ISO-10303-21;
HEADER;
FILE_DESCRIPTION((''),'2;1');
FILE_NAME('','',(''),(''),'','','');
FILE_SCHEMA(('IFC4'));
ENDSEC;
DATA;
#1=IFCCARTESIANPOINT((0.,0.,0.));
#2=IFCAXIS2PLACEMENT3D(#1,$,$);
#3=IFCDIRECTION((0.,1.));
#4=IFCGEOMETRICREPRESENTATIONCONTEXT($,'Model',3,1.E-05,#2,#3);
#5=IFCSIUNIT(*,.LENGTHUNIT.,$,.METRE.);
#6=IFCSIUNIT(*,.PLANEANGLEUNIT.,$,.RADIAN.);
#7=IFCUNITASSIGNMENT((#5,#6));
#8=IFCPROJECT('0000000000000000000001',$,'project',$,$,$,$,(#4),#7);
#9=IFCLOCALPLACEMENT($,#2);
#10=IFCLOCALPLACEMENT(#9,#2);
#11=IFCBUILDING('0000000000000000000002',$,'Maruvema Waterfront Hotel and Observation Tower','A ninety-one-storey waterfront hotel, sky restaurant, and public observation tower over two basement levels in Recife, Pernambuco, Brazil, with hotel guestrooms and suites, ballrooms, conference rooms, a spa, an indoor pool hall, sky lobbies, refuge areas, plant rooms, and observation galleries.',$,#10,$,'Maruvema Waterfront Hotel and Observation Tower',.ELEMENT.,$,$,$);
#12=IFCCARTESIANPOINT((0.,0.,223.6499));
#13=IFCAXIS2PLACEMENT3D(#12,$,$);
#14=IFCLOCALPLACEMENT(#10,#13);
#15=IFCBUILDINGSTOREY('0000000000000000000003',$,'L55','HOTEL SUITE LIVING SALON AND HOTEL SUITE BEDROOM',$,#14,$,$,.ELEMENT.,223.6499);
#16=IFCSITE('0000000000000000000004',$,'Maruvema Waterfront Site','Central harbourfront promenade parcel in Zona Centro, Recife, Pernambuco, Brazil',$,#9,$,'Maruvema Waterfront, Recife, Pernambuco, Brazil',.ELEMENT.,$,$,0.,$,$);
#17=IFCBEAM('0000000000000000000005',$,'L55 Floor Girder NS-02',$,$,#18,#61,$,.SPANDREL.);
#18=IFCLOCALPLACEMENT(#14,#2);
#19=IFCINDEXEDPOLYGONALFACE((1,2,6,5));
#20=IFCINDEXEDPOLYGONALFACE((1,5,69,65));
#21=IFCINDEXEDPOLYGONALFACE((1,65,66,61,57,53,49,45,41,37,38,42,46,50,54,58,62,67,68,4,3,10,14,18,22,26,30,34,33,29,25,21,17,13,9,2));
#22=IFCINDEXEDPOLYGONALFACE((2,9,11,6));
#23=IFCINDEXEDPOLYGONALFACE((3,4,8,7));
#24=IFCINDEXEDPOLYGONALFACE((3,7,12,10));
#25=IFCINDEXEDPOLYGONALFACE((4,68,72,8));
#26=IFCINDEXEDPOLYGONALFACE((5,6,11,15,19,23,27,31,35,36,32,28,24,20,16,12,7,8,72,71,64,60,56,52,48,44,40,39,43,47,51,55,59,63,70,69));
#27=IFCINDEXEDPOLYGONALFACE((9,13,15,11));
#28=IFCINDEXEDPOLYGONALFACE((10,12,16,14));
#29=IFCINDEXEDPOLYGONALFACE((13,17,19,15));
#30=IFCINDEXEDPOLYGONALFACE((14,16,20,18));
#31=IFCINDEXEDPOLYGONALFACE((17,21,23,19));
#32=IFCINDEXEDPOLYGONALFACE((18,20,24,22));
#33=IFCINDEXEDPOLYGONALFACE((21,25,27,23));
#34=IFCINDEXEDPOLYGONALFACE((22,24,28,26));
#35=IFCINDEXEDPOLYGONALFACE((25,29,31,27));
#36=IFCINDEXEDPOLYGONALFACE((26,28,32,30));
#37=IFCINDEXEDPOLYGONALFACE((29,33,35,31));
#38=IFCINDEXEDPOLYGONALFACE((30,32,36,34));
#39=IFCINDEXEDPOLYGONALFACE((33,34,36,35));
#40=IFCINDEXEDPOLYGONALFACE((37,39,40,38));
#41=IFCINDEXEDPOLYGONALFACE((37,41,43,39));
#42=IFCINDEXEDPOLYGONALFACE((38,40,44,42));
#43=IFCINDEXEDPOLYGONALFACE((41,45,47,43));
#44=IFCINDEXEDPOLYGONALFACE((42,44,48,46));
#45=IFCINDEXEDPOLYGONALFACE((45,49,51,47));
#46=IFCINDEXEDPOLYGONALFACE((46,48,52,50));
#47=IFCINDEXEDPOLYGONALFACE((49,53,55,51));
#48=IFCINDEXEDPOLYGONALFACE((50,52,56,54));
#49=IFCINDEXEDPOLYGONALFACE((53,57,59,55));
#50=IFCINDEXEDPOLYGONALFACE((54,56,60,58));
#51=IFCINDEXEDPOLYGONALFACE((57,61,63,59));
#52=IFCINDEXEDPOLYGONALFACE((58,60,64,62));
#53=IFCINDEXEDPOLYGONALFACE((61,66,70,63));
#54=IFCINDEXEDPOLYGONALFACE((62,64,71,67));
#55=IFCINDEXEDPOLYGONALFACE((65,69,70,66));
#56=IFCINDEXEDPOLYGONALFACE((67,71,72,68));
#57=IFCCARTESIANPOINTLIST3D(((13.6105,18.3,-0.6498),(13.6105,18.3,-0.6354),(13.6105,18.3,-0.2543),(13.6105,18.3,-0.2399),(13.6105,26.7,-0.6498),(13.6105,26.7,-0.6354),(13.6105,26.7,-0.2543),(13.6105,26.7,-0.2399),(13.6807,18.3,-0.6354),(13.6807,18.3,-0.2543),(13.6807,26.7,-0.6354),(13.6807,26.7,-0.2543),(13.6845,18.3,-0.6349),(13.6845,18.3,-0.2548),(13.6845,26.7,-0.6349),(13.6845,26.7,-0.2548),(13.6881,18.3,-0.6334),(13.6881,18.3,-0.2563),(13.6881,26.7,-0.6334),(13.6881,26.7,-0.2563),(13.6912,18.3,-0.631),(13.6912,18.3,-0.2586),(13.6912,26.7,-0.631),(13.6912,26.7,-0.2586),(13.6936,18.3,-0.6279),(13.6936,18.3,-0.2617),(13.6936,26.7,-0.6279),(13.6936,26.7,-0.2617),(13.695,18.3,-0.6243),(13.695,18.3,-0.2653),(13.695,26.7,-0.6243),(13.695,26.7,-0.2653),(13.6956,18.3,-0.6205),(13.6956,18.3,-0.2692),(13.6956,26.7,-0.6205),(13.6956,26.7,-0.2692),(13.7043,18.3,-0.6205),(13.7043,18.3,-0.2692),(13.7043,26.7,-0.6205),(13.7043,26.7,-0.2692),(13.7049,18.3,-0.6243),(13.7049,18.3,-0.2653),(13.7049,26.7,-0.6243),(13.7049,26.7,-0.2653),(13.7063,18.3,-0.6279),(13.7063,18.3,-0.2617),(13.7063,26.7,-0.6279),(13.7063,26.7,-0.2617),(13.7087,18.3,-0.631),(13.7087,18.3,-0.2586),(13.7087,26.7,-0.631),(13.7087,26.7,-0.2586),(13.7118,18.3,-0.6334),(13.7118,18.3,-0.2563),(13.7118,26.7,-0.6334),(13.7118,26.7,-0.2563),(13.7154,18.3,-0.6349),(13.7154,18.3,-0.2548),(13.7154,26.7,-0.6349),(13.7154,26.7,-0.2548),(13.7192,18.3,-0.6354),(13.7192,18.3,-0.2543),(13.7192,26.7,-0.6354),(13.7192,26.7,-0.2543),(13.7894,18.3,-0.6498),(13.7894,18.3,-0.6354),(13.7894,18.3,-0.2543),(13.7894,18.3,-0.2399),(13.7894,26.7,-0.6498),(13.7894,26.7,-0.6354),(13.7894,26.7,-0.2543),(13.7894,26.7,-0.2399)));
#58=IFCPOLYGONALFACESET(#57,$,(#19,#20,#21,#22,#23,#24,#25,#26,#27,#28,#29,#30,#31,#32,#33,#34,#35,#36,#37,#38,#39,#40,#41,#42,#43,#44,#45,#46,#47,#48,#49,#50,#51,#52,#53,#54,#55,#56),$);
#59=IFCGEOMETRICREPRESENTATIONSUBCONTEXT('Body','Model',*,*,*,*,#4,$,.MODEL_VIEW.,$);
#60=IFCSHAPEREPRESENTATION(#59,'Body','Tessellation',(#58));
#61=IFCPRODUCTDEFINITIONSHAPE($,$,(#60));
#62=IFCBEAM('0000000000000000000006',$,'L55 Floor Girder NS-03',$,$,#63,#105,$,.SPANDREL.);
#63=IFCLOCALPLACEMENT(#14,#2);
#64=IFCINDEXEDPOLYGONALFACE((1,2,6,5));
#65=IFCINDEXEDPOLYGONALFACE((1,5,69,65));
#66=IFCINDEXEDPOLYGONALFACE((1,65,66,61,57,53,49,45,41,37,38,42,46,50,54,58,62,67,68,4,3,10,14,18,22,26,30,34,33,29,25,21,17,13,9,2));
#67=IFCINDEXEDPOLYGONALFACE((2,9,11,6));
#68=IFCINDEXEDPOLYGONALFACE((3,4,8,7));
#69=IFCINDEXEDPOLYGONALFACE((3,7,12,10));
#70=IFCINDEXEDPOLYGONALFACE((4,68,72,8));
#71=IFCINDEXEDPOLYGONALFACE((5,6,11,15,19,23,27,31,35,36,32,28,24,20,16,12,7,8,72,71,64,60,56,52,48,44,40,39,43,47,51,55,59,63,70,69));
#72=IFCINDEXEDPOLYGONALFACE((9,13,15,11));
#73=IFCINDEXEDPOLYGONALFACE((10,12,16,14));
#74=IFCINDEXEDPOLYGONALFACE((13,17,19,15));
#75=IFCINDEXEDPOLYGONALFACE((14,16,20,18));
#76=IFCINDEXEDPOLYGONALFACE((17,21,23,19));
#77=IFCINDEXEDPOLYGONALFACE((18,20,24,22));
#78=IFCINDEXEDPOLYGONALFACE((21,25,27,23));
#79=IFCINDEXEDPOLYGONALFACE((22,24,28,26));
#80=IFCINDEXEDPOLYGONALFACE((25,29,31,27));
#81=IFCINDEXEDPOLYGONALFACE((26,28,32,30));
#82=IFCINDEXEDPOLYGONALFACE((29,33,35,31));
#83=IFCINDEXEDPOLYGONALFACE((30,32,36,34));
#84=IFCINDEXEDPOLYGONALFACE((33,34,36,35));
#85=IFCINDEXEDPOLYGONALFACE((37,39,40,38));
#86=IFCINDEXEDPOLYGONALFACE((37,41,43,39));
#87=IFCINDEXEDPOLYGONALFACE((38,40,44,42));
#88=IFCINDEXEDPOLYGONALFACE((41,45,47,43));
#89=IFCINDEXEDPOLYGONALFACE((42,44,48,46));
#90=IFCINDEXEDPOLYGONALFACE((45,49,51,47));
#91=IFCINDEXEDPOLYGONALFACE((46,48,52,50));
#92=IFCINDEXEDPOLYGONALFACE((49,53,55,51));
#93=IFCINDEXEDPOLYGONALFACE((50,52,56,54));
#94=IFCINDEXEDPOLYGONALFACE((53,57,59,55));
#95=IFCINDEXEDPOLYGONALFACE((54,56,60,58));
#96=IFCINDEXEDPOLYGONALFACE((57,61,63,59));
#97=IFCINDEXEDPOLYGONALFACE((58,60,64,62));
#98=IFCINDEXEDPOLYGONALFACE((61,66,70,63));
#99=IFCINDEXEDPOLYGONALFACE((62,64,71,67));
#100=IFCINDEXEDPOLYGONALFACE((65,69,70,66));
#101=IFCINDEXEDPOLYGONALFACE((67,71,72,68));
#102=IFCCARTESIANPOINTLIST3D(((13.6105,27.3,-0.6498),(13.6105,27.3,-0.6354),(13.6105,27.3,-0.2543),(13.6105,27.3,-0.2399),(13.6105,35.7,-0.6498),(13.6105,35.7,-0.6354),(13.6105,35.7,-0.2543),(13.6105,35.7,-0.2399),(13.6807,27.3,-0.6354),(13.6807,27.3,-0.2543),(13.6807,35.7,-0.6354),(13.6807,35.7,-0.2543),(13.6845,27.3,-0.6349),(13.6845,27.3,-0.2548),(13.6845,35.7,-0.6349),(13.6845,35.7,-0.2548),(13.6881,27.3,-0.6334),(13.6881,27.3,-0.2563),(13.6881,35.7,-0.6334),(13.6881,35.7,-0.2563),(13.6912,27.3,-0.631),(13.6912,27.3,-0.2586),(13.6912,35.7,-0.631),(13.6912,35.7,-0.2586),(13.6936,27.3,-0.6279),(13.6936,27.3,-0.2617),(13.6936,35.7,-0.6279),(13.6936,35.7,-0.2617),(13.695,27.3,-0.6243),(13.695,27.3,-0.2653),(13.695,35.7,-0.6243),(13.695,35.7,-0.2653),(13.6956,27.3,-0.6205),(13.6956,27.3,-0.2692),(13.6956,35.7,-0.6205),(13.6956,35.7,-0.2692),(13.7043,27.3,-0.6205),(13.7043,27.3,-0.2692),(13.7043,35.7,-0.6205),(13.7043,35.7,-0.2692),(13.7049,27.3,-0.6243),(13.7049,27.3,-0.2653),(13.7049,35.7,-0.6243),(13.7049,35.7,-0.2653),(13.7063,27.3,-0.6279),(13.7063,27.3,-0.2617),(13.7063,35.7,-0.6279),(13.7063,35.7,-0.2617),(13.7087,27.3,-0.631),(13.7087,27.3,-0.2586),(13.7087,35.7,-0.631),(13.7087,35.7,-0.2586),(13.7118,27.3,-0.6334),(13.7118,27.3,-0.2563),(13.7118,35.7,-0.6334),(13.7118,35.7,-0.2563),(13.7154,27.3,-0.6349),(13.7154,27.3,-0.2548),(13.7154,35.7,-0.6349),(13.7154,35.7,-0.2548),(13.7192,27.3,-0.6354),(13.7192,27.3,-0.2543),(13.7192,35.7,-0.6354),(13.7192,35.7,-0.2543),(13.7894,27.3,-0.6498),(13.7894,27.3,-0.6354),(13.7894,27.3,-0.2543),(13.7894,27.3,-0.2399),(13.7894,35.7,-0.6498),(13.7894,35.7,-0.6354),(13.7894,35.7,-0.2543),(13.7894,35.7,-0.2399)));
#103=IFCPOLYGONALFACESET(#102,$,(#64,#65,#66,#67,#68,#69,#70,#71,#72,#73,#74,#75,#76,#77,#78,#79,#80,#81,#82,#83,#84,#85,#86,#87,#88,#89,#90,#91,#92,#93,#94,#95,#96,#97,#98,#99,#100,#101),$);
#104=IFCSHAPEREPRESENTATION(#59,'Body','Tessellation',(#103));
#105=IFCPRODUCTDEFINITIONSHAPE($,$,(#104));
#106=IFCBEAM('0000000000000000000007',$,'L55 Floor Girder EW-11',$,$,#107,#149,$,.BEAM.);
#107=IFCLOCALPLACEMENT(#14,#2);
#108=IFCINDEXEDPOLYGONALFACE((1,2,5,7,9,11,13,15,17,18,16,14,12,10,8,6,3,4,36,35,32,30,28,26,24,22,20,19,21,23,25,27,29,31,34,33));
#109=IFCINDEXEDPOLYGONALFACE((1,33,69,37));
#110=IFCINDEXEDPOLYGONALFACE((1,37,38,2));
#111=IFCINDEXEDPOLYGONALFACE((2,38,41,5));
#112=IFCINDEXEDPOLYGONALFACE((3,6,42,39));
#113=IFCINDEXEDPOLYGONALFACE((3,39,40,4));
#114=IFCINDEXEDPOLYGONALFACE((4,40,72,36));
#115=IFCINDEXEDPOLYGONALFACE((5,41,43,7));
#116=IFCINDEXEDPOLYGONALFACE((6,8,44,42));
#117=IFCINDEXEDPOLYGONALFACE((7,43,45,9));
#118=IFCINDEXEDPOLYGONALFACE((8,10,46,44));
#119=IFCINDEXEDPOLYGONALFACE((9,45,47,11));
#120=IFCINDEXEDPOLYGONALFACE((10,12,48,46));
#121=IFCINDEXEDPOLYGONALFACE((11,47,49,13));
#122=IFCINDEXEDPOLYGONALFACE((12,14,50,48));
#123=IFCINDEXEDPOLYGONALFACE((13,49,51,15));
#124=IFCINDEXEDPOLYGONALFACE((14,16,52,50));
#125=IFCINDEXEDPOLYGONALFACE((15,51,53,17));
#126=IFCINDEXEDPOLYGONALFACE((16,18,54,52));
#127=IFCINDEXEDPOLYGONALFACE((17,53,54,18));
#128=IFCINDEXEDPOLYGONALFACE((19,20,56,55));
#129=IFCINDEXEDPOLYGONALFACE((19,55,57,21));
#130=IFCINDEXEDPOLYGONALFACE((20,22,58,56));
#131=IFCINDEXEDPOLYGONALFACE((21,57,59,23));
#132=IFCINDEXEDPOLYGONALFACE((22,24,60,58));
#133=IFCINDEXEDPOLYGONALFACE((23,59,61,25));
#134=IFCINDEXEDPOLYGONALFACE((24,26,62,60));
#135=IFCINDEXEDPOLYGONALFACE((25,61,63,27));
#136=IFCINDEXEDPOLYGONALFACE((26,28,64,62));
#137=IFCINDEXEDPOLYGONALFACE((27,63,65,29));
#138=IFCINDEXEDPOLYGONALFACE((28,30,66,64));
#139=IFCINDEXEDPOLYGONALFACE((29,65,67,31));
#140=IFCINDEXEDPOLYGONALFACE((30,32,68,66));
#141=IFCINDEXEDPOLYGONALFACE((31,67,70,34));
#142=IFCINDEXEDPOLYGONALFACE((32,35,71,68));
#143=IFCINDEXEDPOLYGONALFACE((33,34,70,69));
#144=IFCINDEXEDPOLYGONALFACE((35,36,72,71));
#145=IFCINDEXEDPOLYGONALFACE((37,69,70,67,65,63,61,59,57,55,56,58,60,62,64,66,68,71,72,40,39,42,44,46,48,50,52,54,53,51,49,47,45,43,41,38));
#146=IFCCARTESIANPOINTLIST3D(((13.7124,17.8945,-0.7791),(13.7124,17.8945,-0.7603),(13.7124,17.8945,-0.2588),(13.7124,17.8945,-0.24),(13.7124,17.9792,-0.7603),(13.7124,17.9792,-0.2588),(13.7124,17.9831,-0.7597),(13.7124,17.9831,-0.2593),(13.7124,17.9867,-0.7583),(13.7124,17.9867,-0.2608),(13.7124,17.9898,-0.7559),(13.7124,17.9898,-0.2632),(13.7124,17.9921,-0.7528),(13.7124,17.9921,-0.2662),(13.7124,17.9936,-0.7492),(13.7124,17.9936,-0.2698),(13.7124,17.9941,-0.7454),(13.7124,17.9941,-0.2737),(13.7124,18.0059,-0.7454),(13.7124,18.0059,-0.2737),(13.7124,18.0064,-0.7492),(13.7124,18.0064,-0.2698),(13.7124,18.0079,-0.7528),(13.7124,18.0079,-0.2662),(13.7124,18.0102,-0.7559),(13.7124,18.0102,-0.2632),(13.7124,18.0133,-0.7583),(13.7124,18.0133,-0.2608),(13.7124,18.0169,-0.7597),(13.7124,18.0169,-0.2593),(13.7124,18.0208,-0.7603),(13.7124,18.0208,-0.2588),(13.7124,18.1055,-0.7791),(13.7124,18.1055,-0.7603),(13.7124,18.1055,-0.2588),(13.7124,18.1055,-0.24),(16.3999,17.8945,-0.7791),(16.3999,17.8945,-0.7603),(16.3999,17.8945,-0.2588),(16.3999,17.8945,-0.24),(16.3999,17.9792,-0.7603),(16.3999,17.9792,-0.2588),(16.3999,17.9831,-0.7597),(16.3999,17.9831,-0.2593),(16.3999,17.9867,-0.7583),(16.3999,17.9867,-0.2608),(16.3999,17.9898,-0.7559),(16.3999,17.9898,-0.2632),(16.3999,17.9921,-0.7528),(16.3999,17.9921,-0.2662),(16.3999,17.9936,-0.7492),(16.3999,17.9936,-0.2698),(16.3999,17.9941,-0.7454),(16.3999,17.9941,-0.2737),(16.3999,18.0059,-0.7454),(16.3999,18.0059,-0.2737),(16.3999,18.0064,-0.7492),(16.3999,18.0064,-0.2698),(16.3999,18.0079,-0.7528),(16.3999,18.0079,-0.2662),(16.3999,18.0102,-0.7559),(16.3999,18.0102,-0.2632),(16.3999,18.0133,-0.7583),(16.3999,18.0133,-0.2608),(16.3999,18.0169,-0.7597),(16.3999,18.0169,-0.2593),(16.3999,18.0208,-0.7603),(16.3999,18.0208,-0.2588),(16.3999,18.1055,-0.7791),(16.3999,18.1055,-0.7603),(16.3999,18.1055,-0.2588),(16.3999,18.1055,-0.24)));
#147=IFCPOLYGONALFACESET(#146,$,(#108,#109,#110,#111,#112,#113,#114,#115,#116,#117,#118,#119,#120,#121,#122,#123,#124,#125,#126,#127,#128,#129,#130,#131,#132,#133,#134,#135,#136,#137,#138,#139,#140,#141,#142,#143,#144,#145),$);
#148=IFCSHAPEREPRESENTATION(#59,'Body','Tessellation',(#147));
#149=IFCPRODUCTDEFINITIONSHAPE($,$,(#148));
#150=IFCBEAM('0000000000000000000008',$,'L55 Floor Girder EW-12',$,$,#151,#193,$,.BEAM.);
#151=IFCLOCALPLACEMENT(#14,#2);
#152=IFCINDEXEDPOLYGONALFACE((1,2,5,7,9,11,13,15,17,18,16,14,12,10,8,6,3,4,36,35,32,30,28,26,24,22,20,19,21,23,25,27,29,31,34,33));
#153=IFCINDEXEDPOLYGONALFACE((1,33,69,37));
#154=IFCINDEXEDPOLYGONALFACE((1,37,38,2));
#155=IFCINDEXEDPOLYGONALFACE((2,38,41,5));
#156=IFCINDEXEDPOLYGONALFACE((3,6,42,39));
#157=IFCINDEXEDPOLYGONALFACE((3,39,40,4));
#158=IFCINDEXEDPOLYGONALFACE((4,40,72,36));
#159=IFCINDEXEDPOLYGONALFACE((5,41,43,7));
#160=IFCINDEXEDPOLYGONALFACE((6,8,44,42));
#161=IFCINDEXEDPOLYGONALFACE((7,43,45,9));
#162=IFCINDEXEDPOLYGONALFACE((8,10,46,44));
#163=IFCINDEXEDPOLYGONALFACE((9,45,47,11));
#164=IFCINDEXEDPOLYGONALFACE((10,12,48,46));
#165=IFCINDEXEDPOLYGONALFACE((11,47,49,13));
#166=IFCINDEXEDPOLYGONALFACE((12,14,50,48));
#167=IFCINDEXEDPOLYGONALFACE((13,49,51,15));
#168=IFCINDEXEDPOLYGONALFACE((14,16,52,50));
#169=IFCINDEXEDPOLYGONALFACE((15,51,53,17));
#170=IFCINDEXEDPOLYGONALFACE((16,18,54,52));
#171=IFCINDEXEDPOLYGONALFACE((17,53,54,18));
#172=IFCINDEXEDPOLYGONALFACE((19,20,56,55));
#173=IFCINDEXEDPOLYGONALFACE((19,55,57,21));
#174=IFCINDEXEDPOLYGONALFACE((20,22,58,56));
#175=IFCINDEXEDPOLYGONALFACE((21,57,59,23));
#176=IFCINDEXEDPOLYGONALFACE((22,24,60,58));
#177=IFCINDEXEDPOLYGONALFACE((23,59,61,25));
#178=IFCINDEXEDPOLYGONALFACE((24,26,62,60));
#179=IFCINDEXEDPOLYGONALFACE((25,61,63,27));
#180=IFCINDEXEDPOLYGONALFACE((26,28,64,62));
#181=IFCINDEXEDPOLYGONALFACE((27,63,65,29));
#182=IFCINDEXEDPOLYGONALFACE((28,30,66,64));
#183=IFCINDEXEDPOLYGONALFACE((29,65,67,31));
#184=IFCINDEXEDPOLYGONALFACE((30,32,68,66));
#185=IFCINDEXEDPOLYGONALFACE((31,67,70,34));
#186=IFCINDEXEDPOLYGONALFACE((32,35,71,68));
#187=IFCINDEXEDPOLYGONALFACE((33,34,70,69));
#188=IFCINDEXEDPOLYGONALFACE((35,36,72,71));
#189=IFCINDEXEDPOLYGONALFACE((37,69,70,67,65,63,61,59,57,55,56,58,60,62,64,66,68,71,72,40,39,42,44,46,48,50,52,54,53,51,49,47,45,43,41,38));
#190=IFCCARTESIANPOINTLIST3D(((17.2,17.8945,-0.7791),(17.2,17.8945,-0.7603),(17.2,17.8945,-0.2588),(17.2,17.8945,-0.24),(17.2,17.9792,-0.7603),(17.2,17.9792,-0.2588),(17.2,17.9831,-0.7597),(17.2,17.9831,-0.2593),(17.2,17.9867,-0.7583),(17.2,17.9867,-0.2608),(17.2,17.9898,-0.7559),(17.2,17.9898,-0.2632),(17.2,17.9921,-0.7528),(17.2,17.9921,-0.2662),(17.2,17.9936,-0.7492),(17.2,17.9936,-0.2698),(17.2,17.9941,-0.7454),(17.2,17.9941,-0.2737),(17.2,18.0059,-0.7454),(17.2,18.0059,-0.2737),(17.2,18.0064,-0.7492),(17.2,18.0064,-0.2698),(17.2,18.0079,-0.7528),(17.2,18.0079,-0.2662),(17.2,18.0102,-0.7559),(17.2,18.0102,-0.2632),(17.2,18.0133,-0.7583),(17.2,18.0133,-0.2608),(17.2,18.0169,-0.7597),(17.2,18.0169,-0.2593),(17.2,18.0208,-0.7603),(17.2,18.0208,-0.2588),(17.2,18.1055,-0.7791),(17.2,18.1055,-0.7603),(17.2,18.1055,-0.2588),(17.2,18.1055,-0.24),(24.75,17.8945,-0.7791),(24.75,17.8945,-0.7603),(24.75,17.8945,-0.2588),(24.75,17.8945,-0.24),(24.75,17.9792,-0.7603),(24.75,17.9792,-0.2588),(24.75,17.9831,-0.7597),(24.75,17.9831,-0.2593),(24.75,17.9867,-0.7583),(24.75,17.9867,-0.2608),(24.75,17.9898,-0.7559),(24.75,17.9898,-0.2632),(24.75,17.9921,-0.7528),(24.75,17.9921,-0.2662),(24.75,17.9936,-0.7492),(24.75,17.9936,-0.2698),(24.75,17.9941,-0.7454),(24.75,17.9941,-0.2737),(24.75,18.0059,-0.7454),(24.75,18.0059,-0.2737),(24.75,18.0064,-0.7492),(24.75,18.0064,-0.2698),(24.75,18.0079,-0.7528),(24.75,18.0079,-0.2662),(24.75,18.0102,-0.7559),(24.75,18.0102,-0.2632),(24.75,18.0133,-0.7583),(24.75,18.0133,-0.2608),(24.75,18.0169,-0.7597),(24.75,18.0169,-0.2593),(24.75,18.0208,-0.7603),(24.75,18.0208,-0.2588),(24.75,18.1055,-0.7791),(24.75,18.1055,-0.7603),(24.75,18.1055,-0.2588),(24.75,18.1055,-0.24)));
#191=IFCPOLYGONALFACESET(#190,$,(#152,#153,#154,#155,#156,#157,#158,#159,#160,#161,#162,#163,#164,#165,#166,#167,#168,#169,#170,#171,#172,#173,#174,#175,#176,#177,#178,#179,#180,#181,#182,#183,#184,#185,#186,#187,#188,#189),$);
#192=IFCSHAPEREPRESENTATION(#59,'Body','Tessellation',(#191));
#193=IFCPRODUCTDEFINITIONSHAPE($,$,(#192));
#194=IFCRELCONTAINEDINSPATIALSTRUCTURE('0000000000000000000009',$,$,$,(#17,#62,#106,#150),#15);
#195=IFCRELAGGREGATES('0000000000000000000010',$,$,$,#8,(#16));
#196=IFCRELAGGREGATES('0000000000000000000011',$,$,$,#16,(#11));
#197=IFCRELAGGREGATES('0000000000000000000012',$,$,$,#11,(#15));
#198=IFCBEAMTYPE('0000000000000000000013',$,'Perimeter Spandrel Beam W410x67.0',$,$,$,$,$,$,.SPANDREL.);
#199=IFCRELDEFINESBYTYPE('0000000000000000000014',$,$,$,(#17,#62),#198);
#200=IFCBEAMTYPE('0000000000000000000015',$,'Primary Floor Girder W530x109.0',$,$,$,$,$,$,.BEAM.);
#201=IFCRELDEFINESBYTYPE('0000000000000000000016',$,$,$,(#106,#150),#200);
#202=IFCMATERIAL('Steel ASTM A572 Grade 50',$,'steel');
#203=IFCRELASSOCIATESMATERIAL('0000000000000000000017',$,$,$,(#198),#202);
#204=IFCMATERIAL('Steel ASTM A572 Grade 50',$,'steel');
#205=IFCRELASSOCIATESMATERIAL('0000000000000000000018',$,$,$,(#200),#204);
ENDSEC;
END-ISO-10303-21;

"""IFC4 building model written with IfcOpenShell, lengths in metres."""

from ifc_helpers import new_model, si_unit, direction, frame, origin, origin_2d, place, context, subcontext, project, spatial, i_section, extrude, material, material_profile, profile_set, type_object, element, save


model = new_model("IFC4")

# Units and contexts
model_context = context("Model", 3, precision=1e-05, world=origin(), true_north=direction((0.0, 1.0)))
body_context = subcontext(model_context, "Body", "Model", "MODEL_VIEW")
ifc_project = project(units=[si_unit("LENGTHUNIT", "METRE"), si_unit("PLANEANGLEUNIT", "RADIAN")], contexts=[model_context])

# Site, building, storey
site_placement = place(None, origin())
site = spatial("IfcSite", under=ifc_project, at=site_placement, Name="Maruvema Waterfront Site", Description="Central harbourfront promenade parcel in Zona Centro, Recife, Pernambuco, Brazil", LongName="Maruvema Waterfront, Recife, Pernambuco, Brazil", CompositionType="ELEMENT", RefElevation=0.0)
building_placement = place(site_placement, origin())
building = spatial("IfcBuilding", under=site, at=building_placement, Name="Maruvema Waterfront Hotel and Observation Tower", Description="A ninety-one-storey waterfront hotel, sky restaurant, and public observation tower over two basement levels in Recife, Pernambuco, Brazil, with hotel guestrooms and suites, ballrooms, conference rooms, a spa, an indoor pool hall, sky lobbies, refuge areas, plant rooms, and observation galleries.", LongName="Maruvema Waterfront Hotel and Observation Tower", CompositionType="ELEMENT")
storey_placement = place(building_placement, frame((0.0, 0.0, 223.6499)))
storey = spatial("IfcBuildingStorey", under=building, at=storey_placement, Name="L55", Description="HOTEL SUITE LIVING SALON AND HOTEL SUITE BEDROOM", CompositionType="ELEMENT", Elevation=223.6499)

# Beams
ifc_material_1 = material(Name="Steel ASTM A572 Grade 50", Category="steel")
ifc_material_profile_1 = material_profile(ifc_material_1, i_section(OverallWidth=0.179, OverallDepth=0.4099, WebThickness=0.0088, FlangeThickness=0.0144, FilletRadius=0.0149, at=origin_2d()), Name="W410x67.0")
ifc_profile_set_1 = profile_set([ifc_material_profile_1], Name="Steel ASTM A572 Grade 50")
beam_type_1 = type_object("IfcBeamType", Name="Perimeter Spandrel Beam W410x67.0", PredefinedType="SPANDREL", material=ifc_profile_set_1)
for number, where, z_axis, x_axis, name in (
    (1, (13.7, 18.3, -0.4448), (0.0, 1.0, 0.0), (-1.0, 0.0, 0.0), "L55 Floor Girder NS-02"),
    (2, (13.7, 27.3, -0.4448), (0.0, 1.0, 0.0), (-1.0, 0.0, 0.0), "L55 Floor Girder NS-03"),
):
    element("IfcBeam", number, at=place(storey_placement, frame(where, z_axis=z_axis, x_axis=x_axis)), inside=storey, type_object=beam_type_1, Name=name, PredefinedType="SPANDREL", context=body_context, shape_type="SweptSolid", body=[
        extrude(i_section(OverallWidth=0.179, OverallDepth=0.4099, WebThickness=0.0088, FlangeThickness=0.0144, FilletRadius=0.0149, at=origin_2d()), origin(), (0.0, 0.0, 1.0), 8.3999),
    ])
ifc_material_2 = material(Name="Steel ASTM A572 Grade 50", Category="steel")
ifc_material_profile_2 = material_profile(ifc_material_2, i_section(OverallWidth=0.2109, OverallDepth=0.5391, WebThickness=0.0117, FlangeThickness=0.0188, FilletRadius=0.0149, at=origin_2d()), Name="W530x109.0")
ifc_profile_set_2 = profile_set([ifc_material_profile_2], Name="Steel ASTM A572 Grade 50")
beam_type_2 = type_object("IfcBeamType", Name="Primary Floor Girder W530x109.0", PredefinedType="BEAM", material=ifc_profile_set_2)
beam_1_placement = place(storey_placement, frame((13.7124, 18.0, -0.5095), z_axis=(1.0, 0.0, 0.0), x_axis=(0.0, 1.0, 0.0)))
element("IfcBeam", 3, at=beam_1_placement, inside=storey, type_object=beam_type_2, Name="L55 Floor Girder EW-11", PredefinedType="BEAM", context=body_context, shape_type="SweptSolid", body=[
    extrude(i_section(OverallWidth=0.2109, OverallDepth=0.5391, WebThickness=0.0117, FlangeThickness=0.0188, FilletRadius=0.0149, at=origin_2d()), origin(), (0.0, 0.0, 1.0), 2.6875),
])
beam_2_placement = place(storey_placement, frame((17.2, 18.0, -0.5095), z_axis=(1.0, 0.0, 0.0), x_axis=(0.0, 1.0, 0.0)))
element("IfcBeam", 4, at=beam_2_placement, inside=storey, type_object=beam_type_2, Name="L55 Floor Girder EW-12", PredefinedType="BEAM", context=body_context, shape_type="SweptSolid", body=[
    extrude(i_section(OverallWidth=0.2109, OverallDepth=0.5391, WebThickness=0.0117, FlangeThickness=0.0188, FilletRadius=0.0149, at=origin_2d()), origin(), (0.0, 0.0, 1.0), 7.55),
])

save(model, "model.ifc")
